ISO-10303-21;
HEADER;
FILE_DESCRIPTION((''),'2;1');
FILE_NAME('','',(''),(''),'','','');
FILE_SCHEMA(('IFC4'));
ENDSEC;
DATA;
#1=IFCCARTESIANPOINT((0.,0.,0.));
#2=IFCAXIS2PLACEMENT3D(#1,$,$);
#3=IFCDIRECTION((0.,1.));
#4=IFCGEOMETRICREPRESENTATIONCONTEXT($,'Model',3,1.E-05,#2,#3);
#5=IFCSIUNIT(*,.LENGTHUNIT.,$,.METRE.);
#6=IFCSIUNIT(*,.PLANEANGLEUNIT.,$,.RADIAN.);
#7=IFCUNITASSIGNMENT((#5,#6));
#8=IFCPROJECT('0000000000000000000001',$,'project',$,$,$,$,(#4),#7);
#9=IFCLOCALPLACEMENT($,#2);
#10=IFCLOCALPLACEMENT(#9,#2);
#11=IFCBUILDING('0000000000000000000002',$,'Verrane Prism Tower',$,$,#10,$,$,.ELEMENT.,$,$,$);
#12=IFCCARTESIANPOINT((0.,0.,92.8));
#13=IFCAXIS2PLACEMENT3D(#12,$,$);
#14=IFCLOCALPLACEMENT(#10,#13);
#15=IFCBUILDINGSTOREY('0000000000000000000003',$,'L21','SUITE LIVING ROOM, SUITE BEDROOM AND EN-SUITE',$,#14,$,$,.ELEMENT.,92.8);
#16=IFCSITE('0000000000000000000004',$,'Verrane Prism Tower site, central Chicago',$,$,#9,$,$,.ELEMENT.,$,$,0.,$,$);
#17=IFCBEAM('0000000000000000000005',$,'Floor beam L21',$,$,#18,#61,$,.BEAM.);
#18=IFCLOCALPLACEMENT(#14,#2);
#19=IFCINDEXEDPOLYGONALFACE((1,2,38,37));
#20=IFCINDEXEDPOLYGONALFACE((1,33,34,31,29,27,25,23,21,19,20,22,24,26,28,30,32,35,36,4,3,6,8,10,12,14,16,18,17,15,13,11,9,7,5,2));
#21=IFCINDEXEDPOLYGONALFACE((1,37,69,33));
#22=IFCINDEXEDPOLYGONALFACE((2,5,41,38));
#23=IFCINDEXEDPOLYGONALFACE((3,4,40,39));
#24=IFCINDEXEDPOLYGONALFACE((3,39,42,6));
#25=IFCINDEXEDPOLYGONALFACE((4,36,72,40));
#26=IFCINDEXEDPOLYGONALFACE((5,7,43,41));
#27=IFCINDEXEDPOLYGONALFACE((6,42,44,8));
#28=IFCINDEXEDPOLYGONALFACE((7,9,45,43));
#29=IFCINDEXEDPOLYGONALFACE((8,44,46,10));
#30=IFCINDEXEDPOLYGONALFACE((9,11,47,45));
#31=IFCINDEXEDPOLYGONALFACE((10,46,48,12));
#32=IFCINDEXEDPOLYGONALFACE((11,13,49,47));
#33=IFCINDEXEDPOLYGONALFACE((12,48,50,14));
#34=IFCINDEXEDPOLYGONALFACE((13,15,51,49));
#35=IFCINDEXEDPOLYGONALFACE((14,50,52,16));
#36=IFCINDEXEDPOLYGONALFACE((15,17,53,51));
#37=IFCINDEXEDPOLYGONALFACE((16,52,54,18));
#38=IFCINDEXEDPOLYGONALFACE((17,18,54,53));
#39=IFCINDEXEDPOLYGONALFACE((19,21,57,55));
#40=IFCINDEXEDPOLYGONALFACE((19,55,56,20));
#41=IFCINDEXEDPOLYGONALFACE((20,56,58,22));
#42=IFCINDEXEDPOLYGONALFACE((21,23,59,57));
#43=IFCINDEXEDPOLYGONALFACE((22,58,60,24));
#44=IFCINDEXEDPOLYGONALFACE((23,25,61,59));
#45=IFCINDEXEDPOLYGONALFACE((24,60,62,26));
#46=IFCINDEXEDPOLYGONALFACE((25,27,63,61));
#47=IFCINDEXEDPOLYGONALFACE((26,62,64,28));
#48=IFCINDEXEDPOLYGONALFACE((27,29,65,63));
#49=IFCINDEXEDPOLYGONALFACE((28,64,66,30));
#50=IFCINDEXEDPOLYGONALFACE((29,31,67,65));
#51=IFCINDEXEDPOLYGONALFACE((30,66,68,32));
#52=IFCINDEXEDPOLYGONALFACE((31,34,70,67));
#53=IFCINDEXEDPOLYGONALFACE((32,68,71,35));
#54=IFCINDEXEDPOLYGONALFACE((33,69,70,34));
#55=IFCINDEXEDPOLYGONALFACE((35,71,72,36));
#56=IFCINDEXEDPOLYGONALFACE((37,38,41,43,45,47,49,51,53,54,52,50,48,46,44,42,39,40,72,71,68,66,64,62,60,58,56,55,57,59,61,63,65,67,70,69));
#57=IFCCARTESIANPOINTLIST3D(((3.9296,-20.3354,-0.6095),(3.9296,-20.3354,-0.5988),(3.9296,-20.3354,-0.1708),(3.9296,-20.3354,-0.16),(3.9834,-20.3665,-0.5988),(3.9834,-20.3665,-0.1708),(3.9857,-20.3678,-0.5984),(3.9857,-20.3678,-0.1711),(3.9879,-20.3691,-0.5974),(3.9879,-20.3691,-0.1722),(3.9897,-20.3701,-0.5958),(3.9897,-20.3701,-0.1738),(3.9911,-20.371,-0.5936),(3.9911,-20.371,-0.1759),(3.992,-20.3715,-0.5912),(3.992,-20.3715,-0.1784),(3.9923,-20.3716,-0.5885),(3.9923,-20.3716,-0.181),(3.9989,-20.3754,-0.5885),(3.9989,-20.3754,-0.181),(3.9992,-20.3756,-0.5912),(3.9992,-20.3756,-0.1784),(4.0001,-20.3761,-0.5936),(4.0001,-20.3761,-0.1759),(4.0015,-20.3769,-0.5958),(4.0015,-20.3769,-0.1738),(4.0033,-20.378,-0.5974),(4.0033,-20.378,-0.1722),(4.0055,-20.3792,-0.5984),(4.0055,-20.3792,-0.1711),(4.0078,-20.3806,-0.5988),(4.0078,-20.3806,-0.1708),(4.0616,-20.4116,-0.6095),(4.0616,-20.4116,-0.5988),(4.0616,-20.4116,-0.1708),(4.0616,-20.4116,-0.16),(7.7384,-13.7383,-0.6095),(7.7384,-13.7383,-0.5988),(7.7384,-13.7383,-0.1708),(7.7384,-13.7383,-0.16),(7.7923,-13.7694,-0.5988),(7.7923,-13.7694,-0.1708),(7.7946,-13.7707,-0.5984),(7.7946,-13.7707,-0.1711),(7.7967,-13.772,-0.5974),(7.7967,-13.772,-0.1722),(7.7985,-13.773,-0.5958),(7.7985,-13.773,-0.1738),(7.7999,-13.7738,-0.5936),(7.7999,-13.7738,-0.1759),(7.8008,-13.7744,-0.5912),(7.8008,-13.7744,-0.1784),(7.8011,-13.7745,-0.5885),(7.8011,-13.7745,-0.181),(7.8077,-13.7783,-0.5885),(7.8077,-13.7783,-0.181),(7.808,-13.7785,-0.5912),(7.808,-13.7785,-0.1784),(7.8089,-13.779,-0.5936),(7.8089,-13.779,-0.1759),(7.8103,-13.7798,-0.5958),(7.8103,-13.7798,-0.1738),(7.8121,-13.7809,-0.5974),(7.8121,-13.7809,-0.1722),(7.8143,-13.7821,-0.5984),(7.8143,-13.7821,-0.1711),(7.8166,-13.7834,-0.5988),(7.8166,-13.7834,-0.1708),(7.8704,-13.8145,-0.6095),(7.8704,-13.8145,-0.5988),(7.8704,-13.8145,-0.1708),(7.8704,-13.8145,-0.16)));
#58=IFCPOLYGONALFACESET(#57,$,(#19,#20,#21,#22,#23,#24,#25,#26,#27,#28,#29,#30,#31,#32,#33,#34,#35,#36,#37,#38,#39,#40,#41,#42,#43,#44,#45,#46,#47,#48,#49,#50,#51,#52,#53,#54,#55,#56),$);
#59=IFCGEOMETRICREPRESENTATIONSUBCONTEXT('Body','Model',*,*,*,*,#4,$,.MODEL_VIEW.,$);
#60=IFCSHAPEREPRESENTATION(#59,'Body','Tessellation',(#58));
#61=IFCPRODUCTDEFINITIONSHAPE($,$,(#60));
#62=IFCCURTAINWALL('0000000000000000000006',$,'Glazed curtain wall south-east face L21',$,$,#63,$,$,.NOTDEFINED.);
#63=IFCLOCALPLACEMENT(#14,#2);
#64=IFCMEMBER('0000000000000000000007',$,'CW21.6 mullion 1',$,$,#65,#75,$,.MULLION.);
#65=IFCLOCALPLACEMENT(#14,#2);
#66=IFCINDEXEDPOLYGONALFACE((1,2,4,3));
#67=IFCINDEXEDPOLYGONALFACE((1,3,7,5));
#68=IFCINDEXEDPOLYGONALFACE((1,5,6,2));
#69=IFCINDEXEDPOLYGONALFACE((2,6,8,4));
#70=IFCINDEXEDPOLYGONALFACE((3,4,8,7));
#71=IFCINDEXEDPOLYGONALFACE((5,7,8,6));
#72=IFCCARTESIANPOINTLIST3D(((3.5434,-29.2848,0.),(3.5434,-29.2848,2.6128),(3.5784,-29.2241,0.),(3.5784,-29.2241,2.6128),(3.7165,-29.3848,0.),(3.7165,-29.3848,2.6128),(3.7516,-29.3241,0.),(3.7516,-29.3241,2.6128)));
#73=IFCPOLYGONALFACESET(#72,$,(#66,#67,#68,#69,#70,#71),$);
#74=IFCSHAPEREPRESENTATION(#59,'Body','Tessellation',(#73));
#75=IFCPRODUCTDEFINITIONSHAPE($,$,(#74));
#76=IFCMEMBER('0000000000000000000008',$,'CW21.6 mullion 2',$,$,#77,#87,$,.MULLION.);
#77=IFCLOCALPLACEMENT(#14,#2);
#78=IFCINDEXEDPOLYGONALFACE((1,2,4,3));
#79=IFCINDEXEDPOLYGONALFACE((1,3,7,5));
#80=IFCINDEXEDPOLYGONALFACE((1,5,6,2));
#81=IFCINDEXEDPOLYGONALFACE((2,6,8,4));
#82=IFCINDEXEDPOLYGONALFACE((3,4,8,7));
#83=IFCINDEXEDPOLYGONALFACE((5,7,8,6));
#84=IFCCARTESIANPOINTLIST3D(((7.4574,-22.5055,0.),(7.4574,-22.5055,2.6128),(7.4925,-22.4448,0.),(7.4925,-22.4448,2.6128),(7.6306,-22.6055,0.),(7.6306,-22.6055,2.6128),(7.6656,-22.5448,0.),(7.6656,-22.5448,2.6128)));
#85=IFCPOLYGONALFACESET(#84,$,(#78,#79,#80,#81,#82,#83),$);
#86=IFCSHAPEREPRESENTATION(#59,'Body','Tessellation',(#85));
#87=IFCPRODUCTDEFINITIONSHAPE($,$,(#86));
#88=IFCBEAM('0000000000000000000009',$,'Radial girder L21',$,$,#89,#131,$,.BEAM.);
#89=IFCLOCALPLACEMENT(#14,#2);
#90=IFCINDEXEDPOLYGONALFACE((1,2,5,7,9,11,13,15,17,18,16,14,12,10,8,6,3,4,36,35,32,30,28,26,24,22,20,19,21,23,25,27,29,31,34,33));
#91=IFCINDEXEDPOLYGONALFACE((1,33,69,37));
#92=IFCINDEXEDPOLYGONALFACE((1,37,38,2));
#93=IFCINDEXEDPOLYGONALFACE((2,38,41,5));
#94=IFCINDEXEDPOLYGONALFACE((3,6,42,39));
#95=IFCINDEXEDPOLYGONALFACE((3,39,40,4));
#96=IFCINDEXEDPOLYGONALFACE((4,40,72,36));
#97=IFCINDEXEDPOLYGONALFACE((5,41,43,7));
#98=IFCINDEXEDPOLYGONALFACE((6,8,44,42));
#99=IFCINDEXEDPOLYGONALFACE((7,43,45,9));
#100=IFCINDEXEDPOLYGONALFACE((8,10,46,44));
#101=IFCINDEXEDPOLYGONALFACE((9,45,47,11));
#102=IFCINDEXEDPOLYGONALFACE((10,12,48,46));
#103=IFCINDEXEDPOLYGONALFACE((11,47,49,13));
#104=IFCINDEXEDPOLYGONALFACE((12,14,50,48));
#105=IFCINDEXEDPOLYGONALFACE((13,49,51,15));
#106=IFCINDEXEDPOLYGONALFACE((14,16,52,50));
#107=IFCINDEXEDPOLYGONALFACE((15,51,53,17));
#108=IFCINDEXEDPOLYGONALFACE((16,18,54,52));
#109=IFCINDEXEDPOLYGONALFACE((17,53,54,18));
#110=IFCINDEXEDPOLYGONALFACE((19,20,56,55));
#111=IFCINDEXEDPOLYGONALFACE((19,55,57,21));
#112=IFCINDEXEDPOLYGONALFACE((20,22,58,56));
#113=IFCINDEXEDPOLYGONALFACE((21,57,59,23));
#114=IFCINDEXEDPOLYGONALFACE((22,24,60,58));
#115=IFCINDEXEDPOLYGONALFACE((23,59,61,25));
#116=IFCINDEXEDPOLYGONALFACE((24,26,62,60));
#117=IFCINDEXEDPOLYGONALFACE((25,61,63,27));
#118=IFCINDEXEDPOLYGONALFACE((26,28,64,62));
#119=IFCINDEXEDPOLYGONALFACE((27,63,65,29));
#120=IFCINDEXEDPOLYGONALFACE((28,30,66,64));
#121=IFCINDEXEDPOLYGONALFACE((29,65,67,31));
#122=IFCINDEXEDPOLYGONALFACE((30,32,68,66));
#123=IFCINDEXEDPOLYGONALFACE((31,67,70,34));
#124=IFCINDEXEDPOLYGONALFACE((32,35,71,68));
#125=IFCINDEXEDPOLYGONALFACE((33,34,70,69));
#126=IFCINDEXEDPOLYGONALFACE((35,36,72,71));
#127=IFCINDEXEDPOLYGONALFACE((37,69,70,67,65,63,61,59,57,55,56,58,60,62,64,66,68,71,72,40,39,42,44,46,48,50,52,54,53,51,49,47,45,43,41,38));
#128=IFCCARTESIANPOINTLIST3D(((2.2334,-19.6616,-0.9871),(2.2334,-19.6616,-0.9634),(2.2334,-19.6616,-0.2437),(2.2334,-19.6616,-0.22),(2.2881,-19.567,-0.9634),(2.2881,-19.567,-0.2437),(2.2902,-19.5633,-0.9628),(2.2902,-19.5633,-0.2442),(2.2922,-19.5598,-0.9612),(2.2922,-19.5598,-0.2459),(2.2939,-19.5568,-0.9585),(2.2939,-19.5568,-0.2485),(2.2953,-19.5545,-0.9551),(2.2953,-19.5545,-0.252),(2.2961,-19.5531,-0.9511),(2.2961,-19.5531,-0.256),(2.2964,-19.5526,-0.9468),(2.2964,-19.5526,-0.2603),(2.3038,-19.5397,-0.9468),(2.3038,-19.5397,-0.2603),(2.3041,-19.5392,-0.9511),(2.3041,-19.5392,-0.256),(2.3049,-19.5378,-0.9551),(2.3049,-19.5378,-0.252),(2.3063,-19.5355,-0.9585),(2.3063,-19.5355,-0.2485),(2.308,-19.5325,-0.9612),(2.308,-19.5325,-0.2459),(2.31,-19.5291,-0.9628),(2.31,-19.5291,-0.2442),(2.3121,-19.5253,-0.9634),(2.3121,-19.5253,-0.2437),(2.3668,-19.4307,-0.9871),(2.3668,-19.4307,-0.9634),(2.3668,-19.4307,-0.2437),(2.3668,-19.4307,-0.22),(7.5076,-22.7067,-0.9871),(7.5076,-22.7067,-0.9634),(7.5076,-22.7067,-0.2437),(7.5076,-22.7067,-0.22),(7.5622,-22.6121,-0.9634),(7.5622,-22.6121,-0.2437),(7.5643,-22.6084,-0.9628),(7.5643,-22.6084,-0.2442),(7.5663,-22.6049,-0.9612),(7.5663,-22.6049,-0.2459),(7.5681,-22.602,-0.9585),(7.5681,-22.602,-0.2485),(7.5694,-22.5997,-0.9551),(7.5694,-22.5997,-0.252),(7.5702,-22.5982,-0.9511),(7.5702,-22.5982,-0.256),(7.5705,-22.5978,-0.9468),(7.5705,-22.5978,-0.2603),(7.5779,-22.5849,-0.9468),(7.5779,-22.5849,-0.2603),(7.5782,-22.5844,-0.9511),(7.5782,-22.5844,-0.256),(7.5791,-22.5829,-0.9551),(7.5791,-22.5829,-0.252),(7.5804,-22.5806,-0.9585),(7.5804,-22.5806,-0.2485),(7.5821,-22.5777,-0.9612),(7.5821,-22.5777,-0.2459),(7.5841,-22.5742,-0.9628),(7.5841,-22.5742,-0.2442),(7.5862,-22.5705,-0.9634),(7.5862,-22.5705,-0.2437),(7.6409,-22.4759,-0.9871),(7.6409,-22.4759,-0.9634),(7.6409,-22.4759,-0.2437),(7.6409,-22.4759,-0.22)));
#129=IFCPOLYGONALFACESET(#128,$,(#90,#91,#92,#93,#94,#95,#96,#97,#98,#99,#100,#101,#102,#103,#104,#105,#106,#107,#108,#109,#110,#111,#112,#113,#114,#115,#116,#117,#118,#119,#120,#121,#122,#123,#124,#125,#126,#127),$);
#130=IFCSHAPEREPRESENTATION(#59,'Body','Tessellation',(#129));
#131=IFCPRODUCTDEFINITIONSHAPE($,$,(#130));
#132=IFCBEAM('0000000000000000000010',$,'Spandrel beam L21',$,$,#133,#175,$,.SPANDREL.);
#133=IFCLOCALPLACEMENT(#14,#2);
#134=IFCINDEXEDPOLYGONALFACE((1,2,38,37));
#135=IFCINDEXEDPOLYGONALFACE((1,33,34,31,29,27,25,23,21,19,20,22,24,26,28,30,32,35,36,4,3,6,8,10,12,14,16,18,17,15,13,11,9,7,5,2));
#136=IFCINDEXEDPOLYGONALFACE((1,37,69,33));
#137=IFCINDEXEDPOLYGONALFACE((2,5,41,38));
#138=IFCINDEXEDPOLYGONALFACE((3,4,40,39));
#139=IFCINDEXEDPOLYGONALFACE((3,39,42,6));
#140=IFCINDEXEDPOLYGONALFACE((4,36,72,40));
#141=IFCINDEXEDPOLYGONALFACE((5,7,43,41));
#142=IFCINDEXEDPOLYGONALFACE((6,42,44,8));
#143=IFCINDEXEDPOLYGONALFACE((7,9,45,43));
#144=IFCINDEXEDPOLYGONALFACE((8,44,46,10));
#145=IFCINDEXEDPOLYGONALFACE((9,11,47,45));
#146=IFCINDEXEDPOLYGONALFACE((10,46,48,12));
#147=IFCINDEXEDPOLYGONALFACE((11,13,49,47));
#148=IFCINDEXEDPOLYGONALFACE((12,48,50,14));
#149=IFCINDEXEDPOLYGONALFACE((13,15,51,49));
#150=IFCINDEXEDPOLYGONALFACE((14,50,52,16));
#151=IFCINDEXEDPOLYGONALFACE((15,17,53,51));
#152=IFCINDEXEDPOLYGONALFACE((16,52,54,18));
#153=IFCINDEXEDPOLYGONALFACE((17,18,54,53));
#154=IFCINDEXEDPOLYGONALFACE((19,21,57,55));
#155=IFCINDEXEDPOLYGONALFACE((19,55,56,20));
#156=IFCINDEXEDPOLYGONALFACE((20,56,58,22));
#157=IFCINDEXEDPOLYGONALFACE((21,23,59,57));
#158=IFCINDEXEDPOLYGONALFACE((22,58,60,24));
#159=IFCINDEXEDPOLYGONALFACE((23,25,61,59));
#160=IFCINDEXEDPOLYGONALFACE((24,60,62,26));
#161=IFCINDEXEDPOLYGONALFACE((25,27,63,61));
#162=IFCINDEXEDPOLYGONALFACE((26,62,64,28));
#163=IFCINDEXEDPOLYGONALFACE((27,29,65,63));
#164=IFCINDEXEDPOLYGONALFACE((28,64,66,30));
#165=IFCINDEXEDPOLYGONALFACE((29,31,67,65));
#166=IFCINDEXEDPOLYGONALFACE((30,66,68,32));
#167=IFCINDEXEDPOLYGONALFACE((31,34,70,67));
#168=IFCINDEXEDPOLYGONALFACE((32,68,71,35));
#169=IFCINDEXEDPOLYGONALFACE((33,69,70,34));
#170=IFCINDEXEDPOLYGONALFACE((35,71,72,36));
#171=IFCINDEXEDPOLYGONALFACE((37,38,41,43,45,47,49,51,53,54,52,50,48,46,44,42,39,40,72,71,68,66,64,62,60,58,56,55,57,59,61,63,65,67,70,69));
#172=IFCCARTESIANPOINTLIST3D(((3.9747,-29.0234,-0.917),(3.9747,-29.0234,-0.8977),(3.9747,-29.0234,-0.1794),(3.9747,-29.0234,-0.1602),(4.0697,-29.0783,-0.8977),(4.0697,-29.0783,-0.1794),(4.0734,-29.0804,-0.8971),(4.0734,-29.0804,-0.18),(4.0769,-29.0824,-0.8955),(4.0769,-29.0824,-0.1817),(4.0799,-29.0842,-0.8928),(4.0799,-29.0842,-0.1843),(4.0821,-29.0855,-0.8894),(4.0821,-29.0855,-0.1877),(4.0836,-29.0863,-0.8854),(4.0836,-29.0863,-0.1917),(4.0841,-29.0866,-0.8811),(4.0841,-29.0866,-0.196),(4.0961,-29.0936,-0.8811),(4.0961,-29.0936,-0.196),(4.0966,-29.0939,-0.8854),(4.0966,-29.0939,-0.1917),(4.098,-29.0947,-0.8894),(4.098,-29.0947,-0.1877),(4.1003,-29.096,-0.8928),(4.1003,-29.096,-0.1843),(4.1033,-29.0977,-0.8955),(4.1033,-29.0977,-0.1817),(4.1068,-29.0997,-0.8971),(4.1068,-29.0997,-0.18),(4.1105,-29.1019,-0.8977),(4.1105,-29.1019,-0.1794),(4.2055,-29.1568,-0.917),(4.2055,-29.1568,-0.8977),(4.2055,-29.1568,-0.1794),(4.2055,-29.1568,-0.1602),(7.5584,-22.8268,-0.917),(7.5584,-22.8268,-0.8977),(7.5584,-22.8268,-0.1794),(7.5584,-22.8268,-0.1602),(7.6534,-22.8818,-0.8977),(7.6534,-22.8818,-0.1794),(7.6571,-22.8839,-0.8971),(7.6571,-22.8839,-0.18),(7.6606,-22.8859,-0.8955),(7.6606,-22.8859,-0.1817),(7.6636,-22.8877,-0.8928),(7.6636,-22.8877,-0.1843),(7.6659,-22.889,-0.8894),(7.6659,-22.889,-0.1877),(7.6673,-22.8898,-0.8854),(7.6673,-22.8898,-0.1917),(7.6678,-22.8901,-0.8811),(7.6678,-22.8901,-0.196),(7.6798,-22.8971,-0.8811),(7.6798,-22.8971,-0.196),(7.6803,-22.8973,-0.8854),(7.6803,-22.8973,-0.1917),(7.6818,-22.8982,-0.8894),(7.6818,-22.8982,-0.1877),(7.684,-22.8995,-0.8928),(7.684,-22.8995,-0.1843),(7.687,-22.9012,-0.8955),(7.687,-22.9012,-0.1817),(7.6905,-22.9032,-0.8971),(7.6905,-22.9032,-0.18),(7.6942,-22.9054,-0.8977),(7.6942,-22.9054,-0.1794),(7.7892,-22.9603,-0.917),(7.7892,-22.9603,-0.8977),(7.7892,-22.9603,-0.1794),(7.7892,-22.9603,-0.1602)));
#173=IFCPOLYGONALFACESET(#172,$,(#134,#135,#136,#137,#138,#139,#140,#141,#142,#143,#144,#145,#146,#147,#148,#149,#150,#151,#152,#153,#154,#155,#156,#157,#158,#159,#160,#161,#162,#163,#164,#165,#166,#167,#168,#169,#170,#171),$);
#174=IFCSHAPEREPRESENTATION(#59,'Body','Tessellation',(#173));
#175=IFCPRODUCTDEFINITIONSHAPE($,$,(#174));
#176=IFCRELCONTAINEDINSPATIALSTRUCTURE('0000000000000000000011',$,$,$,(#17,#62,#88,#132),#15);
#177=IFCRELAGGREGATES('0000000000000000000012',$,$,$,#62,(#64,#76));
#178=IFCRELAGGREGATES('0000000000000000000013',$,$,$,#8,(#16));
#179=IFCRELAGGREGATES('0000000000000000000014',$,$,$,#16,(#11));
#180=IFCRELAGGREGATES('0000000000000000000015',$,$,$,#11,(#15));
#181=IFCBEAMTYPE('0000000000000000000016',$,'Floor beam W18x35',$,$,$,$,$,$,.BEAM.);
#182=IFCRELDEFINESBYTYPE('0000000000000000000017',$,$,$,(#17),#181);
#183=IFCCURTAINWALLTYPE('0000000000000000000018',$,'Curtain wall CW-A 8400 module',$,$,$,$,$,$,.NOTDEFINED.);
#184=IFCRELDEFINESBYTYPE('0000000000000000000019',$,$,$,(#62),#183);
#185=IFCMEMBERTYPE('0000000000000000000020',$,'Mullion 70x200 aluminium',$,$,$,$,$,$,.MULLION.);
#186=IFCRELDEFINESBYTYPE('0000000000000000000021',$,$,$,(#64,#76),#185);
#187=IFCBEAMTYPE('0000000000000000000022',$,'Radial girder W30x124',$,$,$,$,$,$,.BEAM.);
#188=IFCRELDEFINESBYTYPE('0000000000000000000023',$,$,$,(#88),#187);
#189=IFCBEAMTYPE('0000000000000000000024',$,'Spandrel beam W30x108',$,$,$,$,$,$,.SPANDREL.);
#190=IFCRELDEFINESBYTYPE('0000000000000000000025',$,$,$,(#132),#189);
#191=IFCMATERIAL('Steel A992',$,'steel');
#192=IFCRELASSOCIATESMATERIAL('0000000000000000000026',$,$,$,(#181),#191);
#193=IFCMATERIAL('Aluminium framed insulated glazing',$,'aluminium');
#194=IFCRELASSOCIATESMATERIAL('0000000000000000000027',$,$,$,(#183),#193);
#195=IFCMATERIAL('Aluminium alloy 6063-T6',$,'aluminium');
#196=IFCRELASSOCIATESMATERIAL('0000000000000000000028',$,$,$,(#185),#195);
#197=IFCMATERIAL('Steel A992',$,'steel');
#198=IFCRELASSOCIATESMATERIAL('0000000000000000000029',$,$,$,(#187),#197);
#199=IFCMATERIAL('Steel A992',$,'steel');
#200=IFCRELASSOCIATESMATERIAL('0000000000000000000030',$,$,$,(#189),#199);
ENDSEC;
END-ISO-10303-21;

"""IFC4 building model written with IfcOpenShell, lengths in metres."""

from ifc_helpers import new_model, si_unit, direction, frame, origin, origin_2d, place, context, subcontext, project, spatial, rectangle, i_section, extrude, material, material_profile, profile_set, type_object, element, aggregate, save


model = new_model("IFC4")

# Units and contexts
model_context = context("Model", 3, precision=1e-05, world=origin(), true_north=direction((0.0, 1.0)))
body_context = subcontext(model_context, "Body", "Model", "MODEL_VIEW")
ifc_project = project(units=[si_unit("LENGTHUNIT", "METRE"), si_unit("PLANEANGLEUNIT", "RADIAN")], contexts=[model_context])

# Site, building, storey
site_placement = place(None, origin())
site = spatial("IfcSite", under=ifc_project, at=site_placement, Name="Verrane Prism Tower site, central Chicago", CompositionType="ELEMENT", RefElevation=0.0)
building_placement = place(site_placement, origin())
building = spatial("IfcBuilding", under=site, at=building_placement, Name="Verrane Prism Tower", CompositionType="ELEMENT")
storey_placement = place(building_placement, frame((0.0, 0.0, 92.8)))
storey = spatial("IfcBuildingStorey", under=building, at=storey_placement, Name="L21", Description="SUITE LIVING ROOM, SUITE BEDROOM AND EN-SUITE", CompositionType="ELEMENT", Elevation=92.8)

# Beam
ifc_material_1 = material(Name="Steel A992", Category="steel")
ifc_material_profile_1 = material_profile(ifc_material_1, i_section(OverallWidth=0.1523, OverallDepth=0.4495, WebThickness=0.0076, FlangeThickness=0.0107, FilletRadius=0.0103, at=origin_2d()), Name="W18x35")
ifc_profile_set_1 = profile_set([ifc_material_profile_1], Name="Steel A992")
beam_type_1 = type_object("IfcBeamType", Name="Floor beam W18x35", PredefinedType="BEAM", material=ifc_profile_set_1)
beam_1_placement = place(storey_placement, frame((3.9956, -20.3735, -0.3848), z_axis=(0.499996, 0.866028, 0.0), x_axis=(-0.866028, 0.499996, 0.0)))
element("IfcBeam", 1, at=beam_1_placement, inside=storey, type_object=beam_type_1, Name="Floor beam L21", PredefinedType="BEAM", context=body_context, shape_type="SweptSolid", body=[
    extrude(i_section(OverallWidth=0.1523, OverallDepth=0.4495, WebThickness=0.0076, FlangeThickness=0.0107, FilletRadius=0.0103, at=origin_2d()), origin(), (0.0, 0.0, 1.0), 7.6177),
])

# Curtain wall, members
ifc_material_2 = material(Name="Aluminium framed insulated glazing", Category="aluminium")
curtain_wall_type = type_object("IfcCurtainWallType", Name="Curtain wall CW-A 8400 module", PredefinedType="NOTDEFINED", material=ifc_material_2)
curtain_wall_1_placement = place(storey_placement, origin())
curtain_wall_1 = element("IfcCurtainWall", 2, at=curtain_wall_1_placement, inside=storey, type_object=curtain_wall_type, Name="Glazed curtain wall south-east face L21", PredefinedType="NOTDEFINED")
ifc_material_3 = material(Name="Aluminium alloy 6063-T6", Category="aluminium")
ifc_material_profile_2 = material_profile(ifc_material_3, rectangle(XDim=0.2, YDim=0.0701, at=origin_2d()), Name="Mullion 70x200 aluminium")
ifc_profile_set_2 = profile_set([ifc_material_profile_2], Name="Aluminium alloy 6063-T6")
member_type_1 = type_object("IfcMemberType", Name="Mullion 70x200 aluminium", PredefinedType="MULLION", material=ifc_profile_set_2)
member_1_placement = place(storey_placement, frame((3.6475, -29.3044, 0.0), z_axis=(0.0, 0.0, 1.0), x_axis=(-0.866026, 0.5, 0.0)))
member_1 = element("IfcMember", 3, at=member_1_placement, type_object=member_type_1, Name="CW21.6 mullion 1", PredefinedType="MULLION", context=body_context, shape_type="SweptSolid", body=[
    extrude(rectangle(XDim=0.2, YDim=0.0701, at=origin_2d()), origin(), (0.0, 0.0, 1.0), 2.6128),
])
member_2_placement = place(storey_placement, frame((7.5615, -22.5251, 0.0), z_axis=(0.0, 0.0, 1.0), x_axis=(-0.866026, 0.5, 0.0)))
member_2 = element("IfcMember", 4, at=member_2_placement, type_object=member_type_1, Name="CW21.6 mullion 2", PredefinedType="MULLION", context=body_context, shape_type="SweptSolid", body=[
    extrude(rectangle(XDim=0.2, YDim=0.0701, at=origin_2d()), origin(), (0.0, 0.0, 1.0), 2.6128),
])

# Beams
ifc_material_4 = material(Name="Steel A992", Category="steel")
ifc_material_profile_3 = material_profile(ifc_material_4, i_section(OverallWidth=0.2666, OverallDepth=0.7671, WebThickness=0.0149, FlangeThickness=0.0237, FilletRadius=0.0166, at=origin_2d()), Name="W30x124")
ifc_profile_set_3 = profile_set([ifc_material_profile_3], Name="Steel A992")
beam_type_2 = type_object("IfcBeamType", Name="Radial girder W30x124", PredefinedType="BEAM", material=ifc_profile_set_3)
beam_2_placement = place(storey_placement, frame((7.5742, -22.5913, -0.6035), z_axis=(-0.866017, 0.500015, 0.0), x_axis=(-0.500015, -0.866017, 0.0)))
element("IfcBeam", 5, at=beam_2_placement, inside=storey, type_object=beam_type_2, Name="Radial girder L21", PredefinedType="BEAM", context=body_context, shape_type="SweptSolid", body=[
    extrude(i_section(OverallWidth=0.2666, OverallDepth=0.7671, WebThickness=0.0149, FlangeThickness=0.0237, FilletRadius=0.0166, at=origin_2d()), origin(), (0.0, 0.0, 1.0), 6.0901),
])
ifc_material_5 = material(Name="Steel A992", Category="steel")
ifc_material_profile_4 = material_profile(ifc_material_5, i_section(OverallWidth=0.2666, OverallDepth=0.7568, WebThickness=0.0139, FlangeThickness=0.0193, FilletRadius=0.0166, at=origin_2d()), Name="W30x108")
ifc_profile_set_4 = profile_set([ifc_material_profile_4], Name="Steel A992")
beam_type_3 = type_object("IfcBeamType", Name="Spandrel beam W30x108", PredefinedType="SPANDREL", material=ifc_profile_set_4)
beam_3_placement = place(storey_placement, frame((4.0901, -29.0901, -0.5386), z_axis=(0.500646, 0.865652, 0.0), x_axis=(-0.865652, 0.500646, 0.0)))
element("IfcBeam", 6, at=beam_3_placement, inside=storey, type_object=beam_type_3, Name="Spandrel beam L21", PredefinedType="SPANDREL", context=body_context, shape_type="SweptSolid", body=[
    extrude(i_section(OverallWidth=0.2666, OverallDepth=0.7568, WebThickness=0.0139, FlangeThickness=0.0193, FilletRadius=0.0166, at=origin_2d()), origin(), (0.0, 0.0, 1.0), 7.1582),
])

aggregate(curtain_wall_1, [member_1, member_2])

save(model, "model.ifc")
